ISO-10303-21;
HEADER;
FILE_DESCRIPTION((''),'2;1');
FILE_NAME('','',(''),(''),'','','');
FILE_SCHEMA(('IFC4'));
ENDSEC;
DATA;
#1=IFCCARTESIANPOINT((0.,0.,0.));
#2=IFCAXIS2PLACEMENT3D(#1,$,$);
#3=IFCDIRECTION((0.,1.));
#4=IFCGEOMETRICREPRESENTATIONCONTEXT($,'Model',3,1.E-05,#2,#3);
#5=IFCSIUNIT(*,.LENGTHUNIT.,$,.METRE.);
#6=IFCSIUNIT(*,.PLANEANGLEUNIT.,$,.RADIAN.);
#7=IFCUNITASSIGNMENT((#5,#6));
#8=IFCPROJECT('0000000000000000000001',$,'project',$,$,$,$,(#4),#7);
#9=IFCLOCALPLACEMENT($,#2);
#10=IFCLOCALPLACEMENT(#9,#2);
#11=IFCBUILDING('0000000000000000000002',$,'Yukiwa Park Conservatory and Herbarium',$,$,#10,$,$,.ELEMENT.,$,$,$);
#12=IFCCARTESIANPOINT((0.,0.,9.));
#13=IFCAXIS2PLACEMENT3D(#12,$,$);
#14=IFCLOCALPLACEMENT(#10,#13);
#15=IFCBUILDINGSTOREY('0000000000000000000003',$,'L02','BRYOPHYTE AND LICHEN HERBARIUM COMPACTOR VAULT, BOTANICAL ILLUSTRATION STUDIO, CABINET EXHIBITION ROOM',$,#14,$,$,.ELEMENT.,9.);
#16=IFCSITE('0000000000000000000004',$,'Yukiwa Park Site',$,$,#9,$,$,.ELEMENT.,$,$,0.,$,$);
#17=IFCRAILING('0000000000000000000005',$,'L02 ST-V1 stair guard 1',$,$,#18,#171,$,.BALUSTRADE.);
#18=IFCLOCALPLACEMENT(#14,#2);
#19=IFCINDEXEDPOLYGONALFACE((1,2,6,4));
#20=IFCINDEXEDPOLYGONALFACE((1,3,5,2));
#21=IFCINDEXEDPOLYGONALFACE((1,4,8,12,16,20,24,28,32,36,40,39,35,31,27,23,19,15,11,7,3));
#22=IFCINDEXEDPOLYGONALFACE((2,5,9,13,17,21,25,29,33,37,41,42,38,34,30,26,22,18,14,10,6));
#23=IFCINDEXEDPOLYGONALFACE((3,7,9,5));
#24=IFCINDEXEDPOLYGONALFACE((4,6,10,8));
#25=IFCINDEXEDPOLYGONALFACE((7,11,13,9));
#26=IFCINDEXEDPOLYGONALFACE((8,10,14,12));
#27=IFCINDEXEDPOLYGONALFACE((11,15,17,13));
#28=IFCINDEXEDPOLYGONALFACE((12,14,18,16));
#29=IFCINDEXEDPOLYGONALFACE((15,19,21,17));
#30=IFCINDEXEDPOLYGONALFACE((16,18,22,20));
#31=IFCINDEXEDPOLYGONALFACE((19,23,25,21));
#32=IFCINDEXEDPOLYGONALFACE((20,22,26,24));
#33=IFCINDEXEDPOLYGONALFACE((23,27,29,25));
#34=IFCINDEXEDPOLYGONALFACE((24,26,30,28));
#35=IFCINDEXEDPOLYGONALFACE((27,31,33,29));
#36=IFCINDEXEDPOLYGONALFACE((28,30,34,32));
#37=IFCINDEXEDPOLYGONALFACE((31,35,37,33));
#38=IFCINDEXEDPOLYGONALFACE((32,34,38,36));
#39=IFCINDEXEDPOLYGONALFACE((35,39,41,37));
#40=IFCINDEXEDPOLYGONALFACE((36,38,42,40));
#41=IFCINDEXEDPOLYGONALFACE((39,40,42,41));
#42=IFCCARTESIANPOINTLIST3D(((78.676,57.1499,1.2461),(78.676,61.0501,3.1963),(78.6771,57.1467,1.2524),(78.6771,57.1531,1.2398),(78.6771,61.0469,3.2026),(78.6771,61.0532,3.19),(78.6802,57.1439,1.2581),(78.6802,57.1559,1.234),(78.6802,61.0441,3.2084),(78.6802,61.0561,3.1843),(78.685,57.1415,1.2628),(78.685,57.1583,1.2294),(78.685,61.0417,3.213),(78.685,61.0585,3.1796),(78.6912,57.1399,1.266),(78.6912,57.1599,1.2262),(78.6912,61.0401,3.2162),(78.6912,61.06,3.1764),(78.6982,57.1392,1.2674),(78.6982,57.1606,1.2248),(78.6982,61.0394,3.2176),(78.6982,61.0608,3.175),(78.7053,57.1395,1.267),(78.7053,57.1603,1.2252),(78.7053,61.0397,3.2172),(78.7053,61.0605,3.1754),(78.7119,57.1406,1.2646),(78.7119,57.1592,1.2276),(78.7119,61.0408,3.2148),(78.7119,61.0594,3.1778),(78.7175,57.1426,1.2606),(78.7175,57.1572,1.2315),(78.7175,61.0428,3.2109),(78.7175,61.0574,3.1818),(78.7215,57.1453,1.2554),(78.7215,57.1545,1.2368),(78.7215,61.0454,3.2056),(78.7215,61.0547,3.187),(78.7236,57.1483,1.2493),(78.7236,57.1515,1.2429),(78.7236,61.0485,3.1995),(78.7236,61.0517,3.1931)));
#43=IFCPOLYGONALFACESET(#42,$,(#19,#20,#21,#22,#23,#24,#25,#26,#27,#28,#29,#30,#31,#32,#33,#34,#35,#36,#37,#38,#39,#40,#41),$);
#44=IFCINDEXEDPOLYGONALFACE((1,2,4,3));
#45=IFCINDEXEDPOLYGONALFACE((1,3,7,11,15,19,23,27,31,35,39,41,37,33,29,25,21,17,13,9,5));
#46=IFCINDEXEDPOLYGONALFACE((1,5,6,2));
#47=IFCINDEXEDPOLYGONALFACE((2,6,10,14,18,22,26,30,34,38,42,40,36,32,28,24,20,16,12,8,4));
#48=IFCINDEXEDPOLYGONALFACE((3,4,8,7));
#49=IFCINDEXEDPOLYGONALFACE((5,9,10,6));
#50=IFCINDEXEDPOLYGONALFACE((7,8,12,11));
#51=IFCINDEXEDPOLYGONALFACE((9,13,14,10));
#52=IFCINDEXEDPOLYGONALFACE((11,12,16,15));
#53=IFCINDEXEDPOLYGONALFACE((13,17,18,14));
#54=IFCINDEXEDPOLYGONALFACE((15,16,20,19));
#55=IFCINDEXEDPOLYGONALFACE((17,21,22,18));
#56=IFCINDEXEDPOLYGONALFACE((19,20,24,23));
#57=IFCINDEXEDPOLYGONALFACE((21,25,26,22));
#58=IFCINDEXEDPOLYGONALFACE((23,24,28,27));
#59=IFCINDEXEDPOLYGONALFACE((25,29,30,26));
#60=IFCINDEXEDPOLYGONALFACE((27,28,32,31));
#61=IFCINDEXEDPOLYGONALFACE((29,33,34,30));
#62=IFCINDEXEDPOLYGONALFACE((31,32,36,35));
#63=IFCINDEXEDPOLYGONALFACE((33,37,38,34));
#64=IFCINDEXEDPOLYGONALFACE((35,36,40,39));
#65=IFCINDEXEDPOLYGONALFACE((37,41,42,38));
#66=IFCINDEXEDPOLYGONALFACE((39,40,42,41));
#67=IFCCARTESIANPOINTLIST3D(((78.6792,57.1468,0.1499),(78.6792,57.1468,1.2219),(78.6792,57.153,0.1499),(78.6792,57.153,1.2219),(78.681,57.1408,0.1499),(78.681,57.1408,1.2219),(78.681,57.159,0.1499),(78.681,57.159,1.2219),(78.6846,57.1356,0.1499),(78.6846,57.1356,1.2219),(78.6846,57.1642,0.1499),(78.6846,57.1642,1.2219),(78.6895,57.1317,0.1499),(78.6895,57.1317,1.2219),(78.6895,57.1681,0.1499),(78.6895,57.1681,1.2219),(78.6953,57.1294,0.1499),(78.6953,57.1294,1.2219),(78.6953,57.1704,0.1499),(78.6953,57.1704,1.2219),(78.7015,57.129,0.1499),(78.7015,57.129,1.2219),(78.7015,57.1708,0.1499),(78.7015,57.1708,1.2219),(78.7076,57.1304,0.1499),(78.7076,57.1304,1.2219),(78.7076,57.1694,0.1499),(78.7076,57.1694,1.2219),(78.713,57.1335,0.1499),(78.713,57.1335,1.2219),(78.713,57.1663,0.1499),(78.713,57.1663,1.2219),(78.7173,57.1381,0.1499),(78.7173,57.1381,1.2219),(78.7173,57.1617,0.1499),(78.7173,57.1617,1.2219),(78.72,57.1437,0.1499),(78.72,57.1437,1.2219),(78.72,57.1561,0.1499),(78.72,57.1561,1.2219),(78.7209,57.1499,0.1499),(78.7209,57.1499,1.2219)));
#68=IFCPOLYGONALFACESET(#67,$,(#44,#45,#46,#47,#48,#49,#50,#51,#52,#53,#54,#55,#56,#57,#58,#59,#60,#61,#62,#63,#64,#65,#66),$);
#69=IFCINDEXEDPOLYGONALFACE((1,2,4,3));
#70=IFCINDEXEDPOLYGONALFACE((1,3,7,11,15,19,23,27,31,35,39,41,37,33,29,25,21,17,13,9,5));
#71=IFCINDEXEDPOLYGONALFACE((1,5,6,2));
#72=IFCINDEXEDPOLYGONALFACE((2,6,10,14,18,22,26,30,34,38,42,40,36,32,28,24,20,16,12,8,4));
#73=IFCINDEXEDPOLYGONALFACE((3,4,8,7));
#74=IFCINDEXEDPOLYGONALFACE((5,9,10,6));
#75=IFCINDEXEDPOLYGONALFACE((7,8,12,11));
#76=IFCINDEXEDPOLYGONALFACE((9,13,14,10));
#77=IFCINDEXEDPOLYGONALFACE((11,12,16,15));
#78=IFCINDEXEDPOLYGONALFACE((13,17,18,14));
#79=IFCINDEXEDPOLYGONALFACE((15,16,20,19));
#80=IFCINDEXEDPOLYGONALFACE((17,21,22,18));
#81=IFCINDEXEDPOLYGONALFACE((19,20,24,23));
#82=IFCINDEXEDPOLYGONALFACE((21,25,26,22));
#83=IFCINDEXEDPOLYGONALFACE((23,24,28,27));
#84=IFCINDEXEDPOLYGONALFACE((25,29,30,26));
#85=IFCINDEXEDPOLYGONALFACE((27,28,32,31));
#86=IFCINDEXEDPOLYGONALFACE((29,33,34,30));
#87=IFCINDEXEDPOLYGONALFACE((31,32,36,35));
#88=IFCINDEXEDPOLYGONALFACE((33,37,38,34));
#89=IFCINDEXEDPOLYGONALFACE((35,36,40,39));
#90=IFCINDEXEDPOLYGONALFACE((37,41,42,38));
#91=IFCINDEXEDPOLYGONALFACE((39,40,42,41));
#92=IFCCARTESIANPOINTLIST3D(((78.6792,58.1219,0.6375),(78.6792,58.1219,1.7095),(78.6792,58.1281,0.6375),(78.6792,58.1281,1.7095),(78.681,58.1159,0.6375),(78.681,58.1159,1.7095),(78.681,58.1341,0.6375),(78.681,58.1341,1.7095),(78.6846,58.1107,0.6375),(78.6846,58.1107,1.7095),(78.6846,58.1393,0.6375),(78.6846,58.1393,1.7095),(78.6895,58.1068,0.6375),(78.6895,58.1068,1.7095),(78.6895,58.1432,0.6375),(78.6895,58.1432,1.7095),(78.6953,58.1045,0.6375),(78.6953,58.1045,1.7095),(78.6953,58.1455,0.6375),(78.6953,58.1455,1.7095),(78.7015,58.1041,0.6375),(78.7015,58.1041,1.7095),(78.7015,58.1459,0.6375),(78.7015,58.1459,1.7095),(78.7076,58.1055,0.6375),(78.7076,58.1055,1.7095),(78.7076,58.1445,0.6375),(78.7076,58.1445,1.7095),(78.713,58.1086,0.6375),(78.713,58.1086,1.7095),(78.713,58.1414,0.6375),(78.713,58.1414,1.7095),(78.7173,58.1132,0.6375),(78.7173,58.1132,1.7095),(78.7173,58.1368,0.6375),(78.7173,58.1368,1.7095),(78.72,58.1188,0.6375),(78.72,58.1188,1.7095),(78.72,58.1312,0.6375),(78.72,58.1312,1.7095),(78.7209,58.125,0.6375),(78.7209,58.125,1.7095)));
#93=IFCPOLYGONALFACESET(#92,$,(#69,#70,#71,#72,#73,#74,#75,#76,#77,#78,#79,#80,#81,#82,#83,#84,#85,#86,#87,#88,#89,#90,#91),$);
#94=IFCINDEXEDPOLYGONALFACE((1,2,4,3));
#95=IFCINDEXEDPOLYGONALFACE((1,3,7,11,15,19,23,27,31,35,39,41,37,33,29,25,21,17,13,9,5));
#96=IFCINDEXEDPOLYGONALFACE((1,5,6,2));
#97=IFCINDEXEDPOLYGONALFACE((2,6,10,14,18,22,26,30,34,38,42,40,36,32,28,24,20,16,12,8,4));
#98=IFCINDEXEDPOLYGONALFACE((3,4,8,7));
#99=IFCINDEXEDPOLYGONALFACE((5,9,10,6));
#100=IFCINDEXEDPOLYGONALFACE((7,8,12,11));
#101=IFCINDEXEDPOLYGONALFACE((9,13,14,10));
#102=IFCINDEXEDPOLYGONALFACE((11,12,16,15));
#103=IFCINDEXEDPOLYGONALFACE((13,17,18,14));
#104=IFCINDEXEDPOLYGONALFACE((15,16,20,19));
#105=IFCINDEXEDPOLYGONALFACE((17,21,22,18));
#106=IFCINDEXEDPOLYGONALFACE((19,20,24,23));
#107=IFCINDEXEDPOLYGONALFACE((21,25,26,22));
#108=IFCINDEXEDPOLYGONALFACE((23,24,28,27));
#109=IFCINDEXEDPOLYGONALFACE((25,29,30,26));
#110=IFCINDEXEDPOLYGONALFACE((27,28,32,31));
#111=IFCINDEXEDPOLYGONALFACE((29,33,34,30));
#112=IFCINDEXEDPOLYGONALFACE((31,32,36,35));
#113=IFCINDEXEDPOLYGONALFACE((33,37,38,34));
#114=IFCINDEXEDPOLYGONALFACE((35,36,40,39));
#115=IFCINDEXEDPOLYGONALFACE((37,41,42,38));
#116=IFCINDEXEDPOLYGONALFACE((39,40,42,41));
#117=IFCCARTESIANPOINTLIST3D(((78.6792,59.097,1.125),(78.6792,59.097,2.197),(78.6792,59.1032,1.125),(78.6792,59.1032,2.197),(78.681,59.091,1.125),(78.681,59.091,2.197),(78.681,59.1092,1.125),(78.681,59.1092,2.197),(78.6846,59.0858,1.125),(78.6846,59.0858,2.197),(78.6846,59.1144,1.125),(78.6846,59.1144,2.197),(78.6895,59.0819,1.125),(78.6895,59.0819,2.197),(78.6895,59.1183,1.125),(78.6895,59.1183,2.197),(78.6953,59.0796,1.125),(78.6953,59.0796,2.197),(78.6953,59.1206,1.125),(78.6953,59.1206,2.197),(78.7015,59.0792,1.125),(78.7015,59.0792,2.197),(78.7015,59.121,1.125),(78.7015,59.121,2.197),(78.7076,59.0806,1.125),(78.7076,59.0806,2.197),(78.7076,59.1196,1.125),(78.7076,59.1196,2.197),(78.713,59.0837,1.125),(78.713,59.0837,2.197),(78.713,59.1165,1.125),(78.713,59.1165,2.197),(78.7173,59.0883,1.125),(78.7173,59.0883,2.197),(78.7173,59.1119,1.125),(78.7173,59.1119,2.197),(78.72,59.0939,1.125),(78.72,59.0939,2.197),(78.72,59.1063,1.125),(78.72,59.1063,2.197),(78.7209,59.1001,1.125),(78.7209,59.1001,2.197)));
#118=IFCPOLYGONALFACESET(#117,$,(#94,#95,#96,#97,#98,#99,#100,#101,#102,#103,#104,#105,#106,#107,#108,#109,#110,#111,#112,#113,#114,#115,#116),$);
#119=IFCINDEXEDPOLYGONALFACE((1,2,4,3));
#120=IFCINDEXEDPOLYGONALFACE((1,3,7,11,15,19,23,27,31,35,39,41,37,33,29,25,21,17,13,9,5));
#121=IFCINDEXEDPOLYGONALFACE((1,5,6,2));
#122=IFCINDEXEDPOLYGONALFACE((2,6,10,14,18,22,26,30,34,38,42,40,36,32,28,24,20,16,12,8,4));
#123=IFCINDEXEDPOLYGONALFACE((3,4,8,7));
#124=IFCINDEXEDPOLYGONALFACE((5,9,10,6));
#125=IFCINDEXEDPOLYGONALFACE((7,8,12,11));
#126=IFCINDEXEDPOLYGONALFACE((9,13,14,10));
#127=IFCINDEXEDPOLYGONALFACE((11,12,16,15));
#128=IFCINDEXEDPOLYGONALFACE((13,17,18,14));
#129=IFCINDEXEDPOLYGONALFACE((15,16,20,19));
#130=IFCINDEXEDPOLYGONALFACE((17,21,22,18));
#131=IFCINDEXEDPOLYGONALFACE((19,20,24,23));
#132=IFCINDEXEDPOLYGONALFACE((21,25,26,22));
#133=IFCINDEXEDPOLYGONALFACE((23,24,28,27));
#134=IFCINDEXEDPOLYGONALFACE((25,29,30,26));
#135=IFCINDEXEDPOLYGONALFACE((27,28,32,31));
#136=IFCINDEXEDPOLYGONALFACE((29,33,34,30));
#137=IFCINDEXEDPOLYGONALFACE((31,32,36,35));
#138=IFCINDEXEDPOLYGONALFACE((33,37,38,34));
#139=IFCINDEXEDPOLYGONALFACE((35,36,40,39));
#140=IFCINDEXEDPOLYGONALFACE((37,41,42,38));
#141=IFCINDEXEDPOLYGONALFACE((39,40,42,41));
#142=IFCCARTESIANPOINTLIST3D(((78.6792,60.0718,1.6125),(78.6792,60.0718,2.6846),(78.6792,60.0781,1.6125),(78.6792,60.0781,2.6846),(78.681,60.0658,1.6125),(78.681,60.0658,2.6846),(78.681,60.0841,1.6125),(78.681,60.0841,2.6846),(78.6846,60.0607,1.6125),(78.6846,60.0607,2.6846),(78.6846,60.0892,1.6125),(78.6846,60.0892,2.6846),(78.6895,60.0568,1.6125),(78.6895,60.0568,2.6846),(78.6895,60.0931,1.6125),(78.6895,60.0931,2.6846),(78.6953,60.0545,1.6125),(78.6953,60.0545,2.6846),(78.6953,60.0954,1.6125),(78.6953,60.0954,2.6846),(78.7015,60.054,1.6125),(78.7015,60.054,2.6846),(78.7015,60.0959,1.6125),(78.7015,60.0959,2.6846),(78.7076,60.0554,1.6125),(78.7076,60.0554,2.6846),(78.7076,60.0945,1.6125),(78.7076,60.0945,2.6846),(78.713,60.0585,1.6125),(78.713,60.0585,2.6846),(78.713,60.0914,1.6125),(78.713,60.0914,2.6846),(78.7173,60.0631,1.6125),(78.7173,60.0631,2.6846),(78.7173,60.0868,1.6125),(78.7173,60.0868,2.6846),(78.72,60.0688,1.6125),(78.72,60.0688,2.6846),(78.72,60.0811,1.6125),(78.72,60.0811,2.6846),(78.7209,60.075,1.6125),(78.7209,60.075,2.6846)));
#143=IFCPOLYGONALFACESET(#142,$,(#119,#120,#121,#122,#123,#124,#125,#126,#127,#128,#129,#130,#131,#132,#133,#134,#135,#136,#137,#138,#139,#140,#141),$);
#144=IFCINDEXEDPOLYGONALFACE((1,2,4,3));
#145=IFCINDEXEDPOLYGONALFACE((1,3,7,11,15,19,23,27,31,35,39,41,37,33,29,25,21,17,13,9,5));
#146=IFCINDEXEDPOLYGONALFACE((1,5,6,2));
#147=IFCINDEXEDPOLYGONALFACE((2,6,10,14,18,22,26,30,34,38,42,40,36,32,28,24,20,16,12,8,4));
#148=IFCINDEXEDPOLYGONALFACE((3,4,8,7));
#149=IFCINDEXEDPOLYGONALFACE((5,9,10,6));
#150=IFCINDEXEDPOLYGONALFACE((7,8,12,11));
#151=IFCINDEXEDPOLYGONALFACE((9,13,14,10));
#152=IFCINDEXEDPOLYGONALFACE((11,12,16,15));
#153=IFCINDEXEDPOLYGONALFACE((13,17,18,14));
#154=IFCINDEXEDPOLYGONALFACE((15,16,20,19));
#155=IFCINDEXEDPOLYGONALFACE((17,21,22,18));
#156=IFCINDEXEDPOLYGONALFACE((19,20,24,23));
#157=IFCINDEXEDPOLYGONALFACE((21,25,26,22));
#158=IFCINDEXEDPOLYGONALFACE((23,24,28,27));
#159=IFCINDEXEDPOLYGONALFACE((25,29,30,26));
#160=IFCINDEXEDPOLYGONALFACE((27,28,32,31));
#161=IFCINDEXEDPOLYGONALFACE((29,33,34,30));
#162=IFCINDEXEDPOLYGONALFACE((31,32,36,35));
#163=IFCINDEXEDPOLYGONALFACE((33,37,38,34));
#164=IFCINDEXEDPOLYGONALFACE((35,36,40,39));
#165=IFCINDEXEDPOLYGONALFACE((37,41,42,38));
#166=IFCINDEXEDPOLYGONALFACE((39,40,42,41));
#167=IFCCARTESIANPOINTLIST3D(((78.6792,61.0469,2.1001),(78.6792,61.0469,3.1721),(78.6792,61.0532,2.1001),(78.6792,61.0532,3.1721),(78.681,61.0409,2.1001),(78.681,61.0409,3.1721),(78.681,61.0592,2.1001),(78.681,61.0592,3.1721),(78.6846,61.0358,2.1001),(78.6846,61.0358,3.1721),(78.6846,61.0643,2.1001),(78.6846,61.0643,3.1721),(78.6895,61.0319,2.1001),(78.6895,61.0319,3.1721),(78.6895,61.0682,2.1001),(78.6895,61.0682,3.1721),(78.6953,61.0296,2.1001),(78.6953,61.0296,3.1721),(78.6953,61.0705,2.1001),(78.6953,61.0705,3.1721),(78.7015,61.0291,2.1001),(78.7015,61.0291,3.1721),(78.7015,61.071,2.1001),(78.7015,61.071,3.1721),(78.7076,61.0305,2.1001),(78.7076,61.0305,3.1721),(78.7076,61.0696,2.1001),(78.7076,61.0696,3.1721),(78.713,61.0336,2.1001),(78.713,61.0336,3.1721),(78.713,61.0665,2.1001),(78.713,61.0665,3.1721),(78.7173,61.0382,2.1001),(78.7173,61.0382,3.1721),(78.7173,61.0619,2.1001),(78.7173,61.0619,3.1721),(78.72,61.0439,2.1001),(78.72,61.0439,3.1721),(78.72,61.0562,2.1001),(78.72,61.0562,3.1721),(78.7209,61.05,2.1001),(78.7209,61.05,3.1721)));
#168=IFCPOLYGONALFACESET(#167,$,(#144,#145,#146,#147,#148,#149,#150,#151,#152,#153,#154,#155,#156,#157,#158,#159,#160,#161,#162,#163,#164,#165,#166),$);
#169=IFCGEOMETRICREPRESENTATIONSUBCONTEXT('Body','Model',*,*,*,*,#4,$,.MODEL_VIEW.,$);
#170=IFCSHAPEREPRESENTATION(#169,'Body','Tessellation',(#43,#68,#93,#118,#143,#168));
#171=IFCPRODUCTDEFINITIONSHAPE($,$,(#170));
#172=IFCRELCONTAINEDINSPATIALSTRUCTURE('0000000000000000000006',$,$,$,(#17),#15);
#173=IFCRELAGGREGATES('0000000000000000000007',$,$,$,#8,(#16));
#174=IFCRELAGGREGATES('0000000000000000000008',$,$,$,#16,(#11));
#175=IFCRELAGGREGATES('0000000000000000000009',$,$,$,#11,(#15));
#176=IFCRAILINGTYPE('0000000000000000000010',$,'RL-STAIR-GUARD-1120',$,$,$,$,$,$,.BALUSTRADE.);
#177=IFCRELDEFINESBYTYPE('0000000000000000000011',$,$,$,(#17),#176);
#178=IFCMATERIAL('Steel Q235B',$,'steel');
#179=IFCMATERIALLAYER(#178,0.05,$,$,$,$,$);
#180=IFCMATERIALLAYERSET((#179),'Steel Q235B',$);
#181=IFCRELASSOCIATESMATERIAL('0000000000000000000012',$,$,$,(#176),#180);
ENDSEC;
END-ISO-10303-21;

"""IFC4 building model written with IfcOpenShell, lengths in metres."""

from ifc_helpers import new_model, si_unit, direction, frame, origin, origin_2d, place, context, subcontext, project, spatial, circle, extrude, material, layer, layer_set, type_object, element, save


model = new_model("IFC4")

# Units and contexts
model_context = context("Model", 3, precision=1e-05, world=origin(), true_north=direction((0.0, 1.0)))
body_context = subcontext(model_context, "Body", "Model", "MODEL_VIEW")
ifc_project = project(units=[si_unit("LENGTHUNIT", "METRE"), si_unit("PLANEANGLEUNIT", "RADIAN")], contexts=[model_context])

# Site, building, storey
site_placement = place(None, origin())
site = spatial("IfcSite", under=ifc_project, at=site_placement, Name="Yukiwa Park Site", CompositionType="ELEMENT", RefElevation=0.0)
building_placement = place(site_placement, origin())
building = spatial("IfcBuilding", under=site, at=building_placement, Name="Yukiwa Park Conservatory and Herbarium", CompositionType="ELEMENT")
storey_placement = place(building_placement, frame((0.0, 0.0, 9.0)))
storey = spatial("IfcBuildingStorey", under=building, at=storey_placement, Name="L02", Description="BRYOPHYTE AND LICHEN HERBARIUM COMPACTOR VAULT, BOTANICAL ILLUSTRATION STUDIO, CABINET EXHIBITION ROOM", CompositionType="ELEMENT", Elevation=9.0)

# Railing
ifc_material_1 = material(Name="Steel Q235B", Category="steel")
ifc_layer_1 = layer(ifc_material_1, 0.05)
ifc_layer_set_1 = layer_set([ifc_layer_1], Name="Steel Q235B")
railing_type_1 = type_object("IfcRailingType", Name="RL-STAIR-GUARD-1120", PredefinedType="BALUSTRADE", material=ifc_layer_set_1)
railing_1_placement = place(storey_placement, frame((78.7, 57.1499, 0.1499)))
element("IfcRailing", 1, at=railing_1_placement, inside=storey, type_object=railing_type_1, Name="L02 ST-V1 stair guard 1", PredefinedType="BALUSTRADE", context=body_context, shape_type="SweptSolid", body=[
    extrude(circle(Radius=0.0239, at=origin_2d()), frame((0.0, 0.0, 1.0962), z_axis=(0.0, 0.894416, 0.447236), x_axis=(-1.0, 0.0, 0.0)), (0.0, 0.0, 1.0), 4.3606),
    extrude(circle(Radius=0.021, at=origin_2d()), origin(), (0.0, 0.0, 1.0), 1.072),
    extrude(circle(Radius=0.021, at=origin_2d()), frame((0.0, 0.9751, 0.4875)), (0.0, 0.0, 1.0), 1.072),
    extrude(circle(Radius=0.021, at=origin_2d()), frame((0.0, 1.9502, 0.9751)), (0.0, 0.0, 1.0), 1.072),
    extrude(circle(Radius=0.021, at=origin_2d()), frame((0.0, 2.925, 1.4626)), (0.0, 0.0, 1.0), 1.072),
    extrude(circle(Radius=0.021, at=origin_2d()), frame((0.0, 3.9001, 1.9502)), (0.0, 0.0, 1.0), 1.072),
])

save(model, "model.ifc")
